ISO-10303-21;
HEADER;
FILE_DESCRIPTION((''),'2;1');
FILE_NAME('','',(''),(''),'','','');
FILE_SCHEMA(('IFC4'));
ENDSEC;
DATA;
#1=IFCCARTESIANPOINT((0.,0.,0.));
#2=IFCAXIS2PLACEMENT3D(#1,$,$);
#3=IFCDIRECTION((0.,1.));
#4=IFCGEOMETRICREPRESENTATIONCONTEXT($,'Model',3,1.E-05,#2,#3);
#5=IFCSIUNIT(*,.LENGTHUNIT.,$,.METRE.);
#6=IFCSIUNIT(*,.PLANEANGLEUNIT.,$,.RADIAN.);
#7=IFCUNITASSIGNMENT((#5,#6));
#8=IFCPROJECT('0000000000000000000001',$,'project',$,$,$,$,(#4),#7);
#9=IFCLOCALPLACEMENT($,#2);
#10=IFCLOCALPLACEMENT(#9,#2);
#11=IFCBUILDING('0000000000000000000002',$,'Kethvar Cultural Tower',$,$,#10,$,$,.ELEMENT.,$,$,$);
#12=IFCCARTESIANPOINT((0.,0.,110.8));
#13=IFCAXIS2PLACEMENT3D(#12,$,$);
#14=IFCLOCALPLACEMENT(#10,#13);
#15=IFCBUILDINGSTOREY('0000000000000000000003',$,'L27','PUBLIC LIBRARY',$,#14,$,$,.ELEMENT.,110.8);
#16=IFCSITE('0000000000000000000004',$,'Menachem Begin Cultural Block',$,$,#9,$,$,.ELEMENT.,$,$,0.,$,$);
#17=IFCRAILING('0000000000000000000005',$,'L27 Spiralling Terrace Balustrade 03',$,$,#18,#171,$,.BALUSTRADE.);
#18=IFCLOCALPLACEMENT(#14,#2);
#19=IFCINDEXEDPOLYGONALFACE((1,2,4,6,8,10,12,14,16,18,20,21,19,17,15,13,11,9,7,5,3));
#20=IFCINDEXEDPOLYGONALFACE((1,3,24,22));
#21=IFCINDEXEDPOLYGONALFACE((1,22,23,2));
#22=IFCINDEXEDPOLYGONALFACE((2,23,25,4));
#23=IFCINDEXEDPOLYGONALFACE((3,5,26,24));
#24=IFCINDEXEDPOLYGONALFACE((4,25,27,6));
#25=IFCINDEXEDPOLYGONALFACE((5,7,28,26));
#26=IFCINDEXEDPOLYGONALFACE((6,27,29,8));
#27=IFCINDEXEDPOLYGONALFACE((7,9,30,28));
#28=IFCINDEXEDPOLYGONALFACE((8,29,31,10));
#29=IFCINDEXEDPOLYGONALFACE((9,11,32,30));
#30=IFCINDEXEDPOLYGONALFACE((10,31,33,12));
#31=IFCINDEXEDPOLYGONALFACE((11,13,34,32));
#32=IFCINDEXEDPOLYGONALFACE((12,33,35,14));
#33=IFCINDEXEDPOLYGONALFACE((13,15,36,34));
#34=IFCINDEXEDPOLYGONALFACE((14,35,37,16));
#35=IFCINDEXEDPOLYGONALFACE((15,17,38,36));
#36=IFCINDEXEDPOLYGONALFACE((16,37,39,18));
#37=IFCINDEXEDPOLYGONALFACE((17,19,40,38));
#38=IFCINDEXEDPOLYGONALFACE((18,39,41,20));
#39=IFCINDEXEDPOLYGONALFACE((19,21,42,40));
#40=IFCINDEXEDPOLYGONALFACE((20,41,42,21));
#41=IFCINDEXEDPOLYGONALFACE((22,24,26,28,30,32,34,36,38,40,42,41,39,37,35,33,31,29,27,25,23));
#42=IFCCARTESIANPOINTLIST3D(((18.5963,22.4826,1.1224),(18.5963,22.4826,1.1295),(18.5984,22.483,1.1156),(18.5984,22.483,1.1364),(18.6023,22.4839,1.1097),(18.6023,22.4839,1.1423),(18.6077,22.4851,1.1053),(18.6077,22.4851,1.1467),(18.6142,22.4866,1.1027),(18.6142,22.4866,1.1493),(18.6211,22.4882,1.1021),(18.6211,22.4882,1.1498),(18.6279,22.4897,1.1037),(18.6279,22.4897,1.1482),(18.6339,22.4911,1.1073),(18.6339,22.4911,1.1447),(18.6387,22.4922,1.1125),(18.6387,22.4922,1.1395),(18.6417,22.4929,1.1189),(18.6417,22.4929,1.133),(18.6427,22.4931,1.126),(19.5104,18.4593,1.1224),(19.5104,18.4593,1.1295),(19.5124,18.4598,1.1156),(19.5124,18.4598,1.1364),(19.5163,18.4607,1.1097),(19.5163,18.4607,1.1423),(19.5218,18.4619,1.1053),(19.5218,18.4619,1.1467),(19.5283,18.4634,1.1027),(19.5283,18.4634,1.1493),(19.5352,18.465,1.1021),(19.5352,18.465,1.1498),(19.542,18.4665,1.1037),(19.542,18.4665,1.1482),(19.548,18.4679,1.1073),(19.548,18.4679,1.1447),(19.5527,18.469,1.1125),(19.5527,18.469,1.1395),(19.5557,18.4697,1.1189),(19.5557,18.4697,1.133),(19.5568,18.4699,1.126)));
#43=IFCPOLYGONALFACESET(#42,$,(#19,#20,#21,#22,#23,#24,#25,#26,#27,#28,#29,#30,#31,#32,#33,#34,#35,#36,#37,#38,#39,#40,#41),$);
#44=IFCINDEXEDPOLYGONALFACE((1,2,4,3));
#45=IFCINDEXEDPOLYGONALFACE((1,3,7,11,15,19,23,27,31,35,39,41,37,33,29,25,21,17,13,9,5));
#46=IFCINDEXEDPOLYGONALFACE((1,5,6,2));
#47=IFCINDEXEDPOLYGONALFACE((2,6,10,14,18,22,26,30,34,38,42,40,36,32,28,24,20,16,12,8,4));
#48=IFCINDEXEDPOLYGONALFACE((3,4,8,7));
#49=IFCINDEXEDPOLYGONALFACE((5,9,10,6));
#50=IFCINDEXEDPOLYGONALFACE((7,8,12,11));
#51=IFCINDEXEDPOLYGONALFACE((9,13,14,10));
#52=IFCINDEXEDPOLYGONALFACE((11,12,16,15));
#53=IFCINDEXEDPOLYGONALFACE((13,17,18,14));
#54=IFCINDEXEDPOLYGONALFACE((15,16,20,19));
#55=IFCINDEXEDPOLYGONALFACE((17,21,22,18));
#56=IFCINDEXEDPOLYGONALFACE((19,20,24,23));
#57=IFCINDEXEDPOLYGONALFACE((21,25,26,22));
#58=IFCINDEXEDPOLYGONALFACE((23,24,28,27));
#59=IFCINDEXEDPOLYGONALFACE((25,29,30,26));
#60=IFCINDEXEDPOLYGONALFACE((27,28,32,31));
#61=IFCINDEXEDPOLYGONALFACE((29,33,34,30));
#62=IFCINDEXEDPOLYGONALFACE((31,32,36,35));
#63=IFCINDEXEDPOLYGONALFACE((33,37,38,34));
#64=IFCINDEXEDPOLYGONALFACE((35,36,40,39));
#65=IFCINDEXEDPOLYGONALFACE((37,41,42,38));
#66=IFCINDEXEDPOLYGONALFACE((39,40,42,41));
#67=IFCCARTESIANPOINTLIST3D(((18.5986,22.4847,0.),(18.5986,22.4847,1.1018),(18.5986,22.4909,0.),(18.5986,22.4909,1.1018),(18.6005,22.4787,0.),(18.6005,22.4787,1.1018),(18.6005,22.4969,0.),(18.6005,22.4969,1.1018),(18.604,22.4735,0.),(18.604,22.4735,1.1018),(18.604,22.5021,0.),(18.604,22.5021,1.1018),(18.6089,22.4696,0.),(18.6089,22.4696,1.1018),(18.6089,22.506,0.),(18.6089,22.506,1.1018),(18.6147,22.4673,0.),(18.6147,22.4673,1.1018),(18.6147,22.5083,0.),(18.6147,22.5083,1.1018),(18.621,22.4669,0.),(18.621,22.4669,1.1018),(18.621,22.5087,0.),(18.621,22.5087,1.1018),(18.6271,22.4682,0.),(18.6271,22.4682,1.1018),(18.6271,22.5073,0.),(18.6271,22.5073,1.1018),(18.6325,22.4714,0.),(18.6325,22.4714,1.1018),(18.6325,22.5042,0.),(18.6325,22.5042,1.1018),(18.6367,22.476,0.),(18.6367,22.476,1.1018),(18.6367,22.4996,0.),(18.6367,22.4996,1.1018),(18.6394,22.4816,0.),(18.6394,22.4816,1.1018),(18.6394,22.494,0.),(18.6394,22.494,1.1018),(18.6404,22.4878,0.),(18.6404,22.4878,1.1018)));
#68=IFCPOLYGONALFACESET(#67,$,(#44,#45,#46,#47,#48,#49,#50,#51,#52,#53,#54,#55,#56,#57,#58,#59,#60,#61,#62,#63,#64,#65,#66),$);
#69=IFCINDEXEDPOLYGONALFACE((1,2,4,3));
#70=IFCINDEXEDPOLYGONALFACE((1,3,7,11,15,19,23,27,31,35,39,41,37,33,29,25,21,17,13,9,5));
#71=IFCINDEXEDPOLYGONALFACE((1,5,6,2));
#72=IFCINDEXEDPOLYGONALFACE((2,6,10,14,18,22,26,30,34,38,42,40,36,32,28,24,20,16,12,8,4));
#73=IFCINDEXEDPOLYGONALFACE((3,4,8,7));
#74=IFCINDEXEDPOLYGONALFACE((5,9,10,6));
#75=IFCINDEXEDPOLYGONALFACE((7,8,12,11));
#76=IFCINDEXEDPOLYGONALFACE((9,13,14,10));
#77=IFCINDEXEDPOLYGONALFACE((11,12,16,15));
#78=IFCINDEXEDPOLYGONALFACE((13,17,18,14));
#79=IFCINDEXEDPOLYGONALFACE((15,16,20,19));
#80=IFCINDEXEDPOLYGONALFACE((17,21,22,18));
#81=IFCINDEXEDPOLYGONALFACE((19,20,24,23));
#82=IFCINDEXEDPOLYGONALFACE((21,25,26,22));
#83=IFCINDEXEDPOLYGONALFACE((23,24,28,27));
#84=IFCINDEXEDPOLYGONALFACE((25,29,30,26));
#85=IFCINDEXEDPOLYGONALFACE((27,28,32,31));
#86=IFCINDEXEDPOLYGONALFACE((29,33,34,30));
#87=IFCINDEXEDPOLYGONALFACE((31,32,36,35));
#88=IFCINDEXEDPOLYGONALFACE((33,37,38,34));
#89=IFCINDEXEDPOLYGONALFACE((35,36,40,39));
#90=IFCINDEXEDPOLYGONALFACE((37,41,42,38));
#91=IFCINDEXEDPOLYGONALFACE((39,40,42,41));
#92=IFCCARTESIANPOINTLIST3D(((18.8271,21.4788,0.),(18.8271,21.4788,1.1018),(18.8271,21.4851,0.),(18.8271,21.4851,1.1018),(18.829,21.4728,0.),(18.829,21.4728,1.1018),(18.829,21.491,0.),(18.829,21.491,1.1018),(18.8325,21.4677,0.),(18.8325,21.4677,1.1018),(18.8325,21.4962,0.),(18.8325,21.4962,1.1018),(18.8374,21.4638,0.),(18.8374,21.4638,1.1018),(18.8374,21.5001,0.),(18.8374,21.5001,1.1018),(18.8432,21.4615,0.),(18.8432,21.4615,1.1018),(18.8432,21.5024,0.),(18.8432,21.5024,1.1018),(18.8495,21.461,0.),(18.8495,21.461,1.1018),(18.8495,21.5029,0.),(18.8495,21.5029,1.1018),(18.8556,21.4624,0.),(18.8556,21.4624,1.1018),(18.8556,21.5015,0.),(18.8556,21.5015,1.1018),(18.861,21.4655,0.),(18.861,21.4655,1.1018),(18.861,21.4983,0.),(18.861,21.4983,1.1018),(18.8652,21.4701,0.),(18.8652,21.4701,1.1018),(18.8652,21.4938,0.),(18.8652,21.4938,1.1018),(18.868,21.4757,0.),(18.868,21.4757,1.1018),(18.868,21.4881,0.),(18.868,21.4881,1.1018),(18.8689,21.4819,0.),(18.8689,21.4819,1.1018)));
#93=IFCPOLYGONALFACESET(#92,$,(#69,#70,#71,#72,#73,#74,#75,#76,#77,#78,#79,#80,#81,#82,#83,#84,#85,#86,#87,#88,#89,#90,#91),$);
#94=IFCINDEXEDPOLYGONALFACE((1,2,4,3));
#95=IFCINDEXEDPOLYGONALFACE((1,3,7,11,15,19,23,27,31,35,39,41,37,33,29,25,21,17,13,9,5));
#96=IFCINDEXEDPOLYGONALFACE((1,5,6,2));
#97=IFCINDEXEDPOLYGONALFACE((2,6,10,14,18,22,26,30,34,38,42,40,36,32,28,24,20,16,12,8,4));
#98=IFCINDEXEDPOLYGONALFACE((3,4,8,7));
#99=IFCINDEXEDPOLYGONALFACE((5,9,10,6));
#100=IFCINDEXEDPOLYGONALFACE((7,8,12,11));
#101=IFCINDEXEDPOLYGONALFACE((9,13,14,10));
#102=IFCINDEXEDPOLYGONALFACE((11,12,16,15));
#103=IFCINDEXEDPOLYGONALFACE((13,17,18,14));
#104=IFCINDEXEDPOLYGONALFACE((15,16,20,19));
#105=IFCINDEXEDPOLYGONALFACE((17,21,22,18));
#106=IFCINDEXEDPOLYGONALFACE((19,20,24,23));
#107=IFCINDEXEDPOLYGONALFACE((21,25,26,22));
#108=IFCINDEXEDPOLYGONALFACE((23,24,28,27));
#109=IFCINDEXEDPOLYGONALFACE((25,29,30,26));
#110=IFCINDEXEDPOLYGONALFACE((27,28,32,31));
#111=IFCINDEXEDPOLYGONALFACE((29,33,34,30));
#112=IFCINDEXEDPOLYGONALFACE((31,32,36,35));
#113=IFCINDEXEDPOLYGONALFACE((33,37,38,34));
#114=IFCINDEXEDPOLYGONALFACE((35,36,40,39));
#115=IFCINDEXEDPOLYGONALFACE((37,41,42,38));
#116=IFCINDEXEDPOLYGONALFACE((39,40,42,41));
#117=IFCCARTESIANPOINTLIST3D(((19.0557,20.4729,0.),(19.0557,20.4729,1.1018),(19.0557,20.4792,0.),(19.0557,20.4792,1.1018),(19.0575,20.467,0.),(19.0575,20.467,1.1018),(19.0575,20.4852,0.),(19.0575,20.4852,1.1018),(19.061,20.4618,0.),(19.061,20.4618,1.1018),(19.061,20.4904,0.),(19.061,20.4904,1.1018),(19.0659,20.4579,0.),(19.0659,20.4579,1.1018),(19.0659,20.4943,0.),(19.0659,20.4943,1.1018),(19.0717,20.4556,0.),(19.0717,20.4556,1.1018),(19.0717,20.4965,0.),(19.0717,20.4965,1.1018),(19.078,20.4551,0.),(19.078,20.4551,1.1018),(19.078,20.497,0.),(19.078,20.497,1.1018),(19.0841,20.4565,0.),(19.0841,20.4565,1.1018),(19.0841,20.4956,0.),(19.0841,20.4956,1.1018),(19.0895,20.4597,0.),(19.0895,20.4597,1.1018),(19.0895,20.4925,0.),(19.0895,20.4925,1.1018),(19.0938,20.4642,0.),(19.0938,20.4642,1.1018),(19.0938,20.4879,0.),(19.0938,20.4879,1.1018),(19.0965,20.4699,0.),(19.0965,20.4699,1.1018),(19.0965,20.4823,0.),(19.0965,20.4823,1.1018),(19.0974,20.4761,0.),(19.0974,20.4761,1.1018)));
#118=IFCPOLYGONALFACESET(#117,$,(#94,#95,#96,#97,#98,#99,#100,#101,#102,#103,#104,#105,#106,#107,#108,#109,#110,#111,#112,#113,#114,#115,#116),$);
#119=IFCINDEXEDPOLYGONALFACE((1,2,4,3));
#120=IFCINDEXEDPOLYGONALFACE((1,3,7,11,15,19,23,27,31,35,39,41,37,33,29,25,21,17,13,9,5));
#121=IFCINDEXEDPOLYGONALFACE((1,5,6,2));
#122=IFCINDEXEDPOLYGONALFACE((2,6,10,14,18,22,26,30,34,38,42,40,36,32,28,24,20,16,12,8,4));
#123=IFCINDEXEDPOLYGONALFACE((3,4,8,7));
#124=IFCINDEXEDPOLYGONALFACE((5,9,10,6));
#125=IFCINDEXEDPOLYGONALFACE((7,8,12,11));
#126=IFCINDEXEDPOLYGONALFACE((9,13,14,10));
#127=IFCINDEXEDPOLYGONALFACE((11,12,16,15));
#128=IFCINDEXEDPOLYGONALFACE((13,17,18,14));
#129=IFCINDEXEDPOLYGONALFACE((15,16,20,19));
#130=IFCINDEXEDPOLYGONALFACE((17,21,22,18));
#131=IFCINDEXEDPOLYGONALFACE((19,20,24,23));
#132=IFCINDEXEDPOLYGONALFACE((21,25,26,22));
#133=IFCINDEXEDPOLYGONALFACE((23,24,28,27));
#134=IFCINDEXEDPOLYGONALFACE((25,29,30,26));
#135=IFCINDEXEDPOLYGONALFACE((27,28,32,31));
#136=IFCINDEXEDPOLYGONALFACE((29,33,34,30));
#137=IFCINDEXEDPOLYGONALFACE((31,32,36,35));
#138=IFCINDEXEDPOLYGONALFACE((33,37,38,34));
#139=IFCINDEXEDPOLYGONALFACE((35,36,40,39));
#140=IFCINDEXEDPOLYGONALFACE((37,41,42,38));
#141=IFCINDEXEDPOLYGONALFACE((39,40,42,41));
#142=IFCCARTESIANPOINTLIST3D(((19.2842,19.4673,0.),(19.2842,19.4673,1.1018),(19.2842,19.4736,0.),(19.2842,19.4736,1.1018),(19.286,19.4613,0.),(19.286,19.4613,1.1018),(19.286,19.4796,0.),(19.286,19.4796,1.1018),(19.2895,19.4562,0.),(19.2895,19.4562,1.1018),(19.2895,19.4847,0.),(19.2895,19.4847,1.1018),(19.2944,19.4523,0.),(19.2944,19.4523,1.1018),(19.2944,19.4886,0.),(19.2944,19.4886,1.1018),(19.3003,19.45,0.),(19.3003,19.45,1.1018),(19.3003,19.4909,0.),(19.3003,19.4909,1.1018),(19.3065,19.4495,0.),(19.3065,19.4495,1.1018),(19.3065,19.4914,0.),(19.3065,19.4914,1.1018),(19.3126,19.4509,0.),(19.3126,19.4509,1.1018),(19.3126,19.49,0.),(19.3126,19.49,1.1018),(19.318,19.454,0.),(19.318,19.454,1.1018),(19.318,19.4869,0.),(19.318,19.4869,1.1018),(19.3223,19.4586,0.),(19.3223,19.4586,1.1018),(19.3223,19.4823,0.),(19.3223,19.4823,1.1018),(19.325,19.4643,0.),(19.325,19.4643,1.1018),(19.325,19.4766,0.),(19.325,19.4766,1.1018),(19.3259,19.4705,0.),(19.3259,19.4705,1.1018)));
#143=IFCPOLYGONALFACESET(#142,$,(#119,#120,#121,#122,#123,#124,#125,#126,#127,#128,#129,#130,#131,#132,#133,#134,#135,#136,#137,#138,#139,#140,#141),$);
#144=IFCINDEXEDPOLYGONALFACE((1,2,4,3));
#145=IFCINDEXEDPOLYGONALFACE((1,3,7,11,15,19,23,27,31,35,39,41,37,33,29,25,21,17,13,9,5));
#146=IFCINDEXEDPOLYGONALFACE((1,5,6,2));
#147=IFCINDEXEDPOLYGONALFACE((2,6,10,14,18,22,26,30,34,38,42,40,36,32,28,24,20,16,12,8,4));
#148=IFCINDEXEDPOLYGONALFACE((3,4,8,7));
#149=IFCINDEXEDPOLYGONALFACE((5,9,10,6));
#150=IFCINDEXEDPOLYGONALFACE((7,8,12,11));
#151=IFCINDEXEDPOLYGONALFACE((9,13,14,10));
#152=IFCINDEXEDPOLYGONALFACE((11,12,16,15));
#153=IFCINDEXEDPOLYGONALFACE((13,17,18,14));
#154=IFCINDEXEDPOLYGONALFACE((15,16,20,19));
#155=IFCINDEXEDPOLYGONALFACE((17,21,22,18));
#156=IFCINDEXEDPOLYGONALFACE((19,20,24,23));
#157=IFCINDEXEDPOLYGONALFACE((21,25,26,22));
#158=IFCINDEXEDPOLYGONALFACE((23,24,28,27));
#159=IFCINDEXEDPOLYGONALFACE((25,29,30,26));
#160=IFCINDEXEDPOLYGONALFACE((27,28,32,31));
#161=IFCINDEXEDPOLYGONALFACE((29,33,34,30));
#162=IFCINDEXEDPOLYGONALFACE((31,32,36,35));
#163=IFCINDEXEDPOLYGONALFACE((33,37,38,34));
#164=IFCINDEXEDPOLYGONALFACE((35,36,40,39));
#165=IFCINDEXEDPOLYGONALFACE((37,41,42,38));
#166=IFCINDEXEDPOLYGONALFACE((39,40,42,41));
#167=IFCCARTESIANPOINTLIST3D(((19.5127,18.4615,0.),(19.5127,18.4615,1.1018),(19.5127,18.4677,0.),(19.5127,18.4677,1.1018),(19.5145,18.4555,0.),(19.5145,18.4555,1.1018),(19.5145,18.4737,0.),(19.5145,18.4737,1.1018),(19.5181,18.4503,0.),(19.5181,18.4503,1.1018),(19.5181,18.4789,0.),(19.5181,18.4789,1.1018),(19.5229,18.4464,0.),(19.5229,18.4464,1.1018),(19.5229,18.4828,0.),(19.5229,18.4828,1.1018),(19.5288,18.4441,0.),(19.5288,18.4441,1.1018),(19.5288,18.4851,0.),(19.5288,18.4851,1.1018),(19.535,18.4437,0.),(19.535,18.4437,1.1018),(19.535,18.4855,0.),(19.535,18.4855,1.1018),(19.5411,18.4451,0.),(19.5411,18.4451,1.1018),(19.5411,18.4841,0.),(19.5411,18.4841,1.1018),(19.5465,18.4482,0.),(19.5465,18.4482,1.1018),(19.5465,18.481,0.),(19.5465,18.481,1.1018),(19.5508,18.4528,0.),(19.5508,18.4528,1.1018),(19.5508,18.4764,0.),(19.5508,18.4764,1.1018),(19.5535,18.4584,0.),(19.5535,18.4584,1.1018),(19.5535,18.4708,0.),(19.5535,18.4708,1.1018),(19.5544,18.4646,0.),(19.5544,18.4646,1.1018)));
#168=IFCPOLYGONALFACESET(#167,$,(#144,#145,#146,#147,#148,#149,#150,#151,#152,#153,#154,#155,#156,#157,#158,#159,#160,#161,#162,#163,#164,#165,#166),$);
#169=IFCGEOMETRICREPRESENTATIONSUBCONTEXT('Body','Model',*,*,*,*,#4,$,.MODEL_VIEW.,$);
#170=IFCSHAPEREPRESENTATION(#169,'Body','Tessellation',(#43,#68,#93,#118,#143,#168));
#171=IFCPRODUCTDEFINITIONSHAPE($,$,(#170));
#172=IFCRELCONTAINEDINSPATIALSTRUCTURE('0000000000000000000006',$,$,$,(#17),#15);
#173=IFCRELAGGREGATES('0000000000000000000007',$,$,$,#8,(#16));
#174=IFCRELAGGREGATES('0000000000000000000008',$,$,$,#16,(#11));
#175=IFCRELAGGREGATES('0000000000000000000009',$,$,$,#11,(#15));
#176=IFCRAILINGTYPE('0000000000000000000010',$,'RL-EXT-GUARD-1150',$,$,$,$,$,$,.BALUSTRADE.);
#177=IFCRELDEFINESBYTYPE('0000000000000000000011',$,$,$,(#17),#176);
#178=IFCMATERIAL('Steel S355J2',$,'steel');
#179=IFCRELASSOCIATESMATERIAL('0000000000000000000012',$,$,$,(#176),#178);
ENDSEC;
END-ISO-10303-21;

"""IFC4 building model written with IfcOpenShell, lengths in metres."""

from ifc_helpers import new_model, si_unit, direction, frame, origin, origin_2d, place, context, subcontext, project, spatial, circle, extrude, material, type_object, element, save


model = new_model("IFC4")

# Units and contexts
model_context = context("Model", 3, precision=1e-05, world=origin(), true_north=direction((0.0, 1.0)))
body_context = subcontext(model_context, "Body", "Model", "MODEL_VIEW")
ifc_project = project(units=[si_unit("LENGTHUNIT", "METRE"), si_unit("PLANEANGLEUNIT", "RADIAN")], contexts=[model_context])

# Site, building, storey
site_placement = place(None, origin())
site = spatial("IfcSite", under=ifc_project, at=site_placement, Name="Menachem Begin Cultural Block", CompositionType="ELEMENT", RefElevation=0.0)
building_placement = place(site_placement, origin())
building = spatial("IfcBuilding", under=site, at=building_placement, Name="Kethvar Cultural Tower", CompositionType="ELEMENT")
storey_placement = place(building_placement, frame((0.0, 0.0, 110.8)))
storey = spatial("IfcBuildingStorey", under=building, at=storey_placement, Name="L27", Description="PUBLIC LIBRARY", CompositionType="ELEMENT", Elevation=110.8)

# Railing
ifc_material_1 = material(Name="Steel S355J2", Category="steel")
railing_type = type_object("IfcRailingType", Name="RL-EXT-GUARD-1150", PredefinedType="BALUSTRADE", material=ifc_material_1)
railing_1_placement = place(storey_placement, frame((18.6194, 22.4878, 0.0)))
element("IfcRailing", 1, at=railing_1_placement, inside=storey, type_object=railing_type, Name="L27 Spiralling Terrace Balustrade 03", PredefinedType="BALUSTRADE", context=body_context, shape_type="SweptSolid", body=[
    extrude(circle(Radius=0.0239, at=origin_2d()), frame((0.0, 0.0, 1.126), z_axis=(0.221552, -0.975149, 0.0), x_axis=(0.975149, 0.221552, 0.0)), (0.0, 0.0, 1.0), 4.1257),
    extrude(circle(Radius=0.021, at=origin_2d()), origin(), (0.0, 0.0, 1.0), 1.1018),
    extrude(circle(Radius=0.021, at=origin_2d()), frame((0.2285, -1.0059, 0.0)), (0.0, 0.0, 1.0), 1.1018),
    extrude(circle(Radius=0.021, at=origin_2d()), frame((0.457, -2.0117, 0.0)), (0.0, 0.0, 1.0), 1.1018),
    extrude(circle(Radius=0.021, at=origin_2d()), frame((0.6855, -3.0173, 0.0)), (0.0, 0.0, 1.0), 1.1018),
    extrude(circle(Radius=0.021, at=origin_2d()), frame((0.9141, -4.0232, 0.0)), (0.0, 0.0, 1.0), 1.1018),
])

save(model, "model.ifc")
